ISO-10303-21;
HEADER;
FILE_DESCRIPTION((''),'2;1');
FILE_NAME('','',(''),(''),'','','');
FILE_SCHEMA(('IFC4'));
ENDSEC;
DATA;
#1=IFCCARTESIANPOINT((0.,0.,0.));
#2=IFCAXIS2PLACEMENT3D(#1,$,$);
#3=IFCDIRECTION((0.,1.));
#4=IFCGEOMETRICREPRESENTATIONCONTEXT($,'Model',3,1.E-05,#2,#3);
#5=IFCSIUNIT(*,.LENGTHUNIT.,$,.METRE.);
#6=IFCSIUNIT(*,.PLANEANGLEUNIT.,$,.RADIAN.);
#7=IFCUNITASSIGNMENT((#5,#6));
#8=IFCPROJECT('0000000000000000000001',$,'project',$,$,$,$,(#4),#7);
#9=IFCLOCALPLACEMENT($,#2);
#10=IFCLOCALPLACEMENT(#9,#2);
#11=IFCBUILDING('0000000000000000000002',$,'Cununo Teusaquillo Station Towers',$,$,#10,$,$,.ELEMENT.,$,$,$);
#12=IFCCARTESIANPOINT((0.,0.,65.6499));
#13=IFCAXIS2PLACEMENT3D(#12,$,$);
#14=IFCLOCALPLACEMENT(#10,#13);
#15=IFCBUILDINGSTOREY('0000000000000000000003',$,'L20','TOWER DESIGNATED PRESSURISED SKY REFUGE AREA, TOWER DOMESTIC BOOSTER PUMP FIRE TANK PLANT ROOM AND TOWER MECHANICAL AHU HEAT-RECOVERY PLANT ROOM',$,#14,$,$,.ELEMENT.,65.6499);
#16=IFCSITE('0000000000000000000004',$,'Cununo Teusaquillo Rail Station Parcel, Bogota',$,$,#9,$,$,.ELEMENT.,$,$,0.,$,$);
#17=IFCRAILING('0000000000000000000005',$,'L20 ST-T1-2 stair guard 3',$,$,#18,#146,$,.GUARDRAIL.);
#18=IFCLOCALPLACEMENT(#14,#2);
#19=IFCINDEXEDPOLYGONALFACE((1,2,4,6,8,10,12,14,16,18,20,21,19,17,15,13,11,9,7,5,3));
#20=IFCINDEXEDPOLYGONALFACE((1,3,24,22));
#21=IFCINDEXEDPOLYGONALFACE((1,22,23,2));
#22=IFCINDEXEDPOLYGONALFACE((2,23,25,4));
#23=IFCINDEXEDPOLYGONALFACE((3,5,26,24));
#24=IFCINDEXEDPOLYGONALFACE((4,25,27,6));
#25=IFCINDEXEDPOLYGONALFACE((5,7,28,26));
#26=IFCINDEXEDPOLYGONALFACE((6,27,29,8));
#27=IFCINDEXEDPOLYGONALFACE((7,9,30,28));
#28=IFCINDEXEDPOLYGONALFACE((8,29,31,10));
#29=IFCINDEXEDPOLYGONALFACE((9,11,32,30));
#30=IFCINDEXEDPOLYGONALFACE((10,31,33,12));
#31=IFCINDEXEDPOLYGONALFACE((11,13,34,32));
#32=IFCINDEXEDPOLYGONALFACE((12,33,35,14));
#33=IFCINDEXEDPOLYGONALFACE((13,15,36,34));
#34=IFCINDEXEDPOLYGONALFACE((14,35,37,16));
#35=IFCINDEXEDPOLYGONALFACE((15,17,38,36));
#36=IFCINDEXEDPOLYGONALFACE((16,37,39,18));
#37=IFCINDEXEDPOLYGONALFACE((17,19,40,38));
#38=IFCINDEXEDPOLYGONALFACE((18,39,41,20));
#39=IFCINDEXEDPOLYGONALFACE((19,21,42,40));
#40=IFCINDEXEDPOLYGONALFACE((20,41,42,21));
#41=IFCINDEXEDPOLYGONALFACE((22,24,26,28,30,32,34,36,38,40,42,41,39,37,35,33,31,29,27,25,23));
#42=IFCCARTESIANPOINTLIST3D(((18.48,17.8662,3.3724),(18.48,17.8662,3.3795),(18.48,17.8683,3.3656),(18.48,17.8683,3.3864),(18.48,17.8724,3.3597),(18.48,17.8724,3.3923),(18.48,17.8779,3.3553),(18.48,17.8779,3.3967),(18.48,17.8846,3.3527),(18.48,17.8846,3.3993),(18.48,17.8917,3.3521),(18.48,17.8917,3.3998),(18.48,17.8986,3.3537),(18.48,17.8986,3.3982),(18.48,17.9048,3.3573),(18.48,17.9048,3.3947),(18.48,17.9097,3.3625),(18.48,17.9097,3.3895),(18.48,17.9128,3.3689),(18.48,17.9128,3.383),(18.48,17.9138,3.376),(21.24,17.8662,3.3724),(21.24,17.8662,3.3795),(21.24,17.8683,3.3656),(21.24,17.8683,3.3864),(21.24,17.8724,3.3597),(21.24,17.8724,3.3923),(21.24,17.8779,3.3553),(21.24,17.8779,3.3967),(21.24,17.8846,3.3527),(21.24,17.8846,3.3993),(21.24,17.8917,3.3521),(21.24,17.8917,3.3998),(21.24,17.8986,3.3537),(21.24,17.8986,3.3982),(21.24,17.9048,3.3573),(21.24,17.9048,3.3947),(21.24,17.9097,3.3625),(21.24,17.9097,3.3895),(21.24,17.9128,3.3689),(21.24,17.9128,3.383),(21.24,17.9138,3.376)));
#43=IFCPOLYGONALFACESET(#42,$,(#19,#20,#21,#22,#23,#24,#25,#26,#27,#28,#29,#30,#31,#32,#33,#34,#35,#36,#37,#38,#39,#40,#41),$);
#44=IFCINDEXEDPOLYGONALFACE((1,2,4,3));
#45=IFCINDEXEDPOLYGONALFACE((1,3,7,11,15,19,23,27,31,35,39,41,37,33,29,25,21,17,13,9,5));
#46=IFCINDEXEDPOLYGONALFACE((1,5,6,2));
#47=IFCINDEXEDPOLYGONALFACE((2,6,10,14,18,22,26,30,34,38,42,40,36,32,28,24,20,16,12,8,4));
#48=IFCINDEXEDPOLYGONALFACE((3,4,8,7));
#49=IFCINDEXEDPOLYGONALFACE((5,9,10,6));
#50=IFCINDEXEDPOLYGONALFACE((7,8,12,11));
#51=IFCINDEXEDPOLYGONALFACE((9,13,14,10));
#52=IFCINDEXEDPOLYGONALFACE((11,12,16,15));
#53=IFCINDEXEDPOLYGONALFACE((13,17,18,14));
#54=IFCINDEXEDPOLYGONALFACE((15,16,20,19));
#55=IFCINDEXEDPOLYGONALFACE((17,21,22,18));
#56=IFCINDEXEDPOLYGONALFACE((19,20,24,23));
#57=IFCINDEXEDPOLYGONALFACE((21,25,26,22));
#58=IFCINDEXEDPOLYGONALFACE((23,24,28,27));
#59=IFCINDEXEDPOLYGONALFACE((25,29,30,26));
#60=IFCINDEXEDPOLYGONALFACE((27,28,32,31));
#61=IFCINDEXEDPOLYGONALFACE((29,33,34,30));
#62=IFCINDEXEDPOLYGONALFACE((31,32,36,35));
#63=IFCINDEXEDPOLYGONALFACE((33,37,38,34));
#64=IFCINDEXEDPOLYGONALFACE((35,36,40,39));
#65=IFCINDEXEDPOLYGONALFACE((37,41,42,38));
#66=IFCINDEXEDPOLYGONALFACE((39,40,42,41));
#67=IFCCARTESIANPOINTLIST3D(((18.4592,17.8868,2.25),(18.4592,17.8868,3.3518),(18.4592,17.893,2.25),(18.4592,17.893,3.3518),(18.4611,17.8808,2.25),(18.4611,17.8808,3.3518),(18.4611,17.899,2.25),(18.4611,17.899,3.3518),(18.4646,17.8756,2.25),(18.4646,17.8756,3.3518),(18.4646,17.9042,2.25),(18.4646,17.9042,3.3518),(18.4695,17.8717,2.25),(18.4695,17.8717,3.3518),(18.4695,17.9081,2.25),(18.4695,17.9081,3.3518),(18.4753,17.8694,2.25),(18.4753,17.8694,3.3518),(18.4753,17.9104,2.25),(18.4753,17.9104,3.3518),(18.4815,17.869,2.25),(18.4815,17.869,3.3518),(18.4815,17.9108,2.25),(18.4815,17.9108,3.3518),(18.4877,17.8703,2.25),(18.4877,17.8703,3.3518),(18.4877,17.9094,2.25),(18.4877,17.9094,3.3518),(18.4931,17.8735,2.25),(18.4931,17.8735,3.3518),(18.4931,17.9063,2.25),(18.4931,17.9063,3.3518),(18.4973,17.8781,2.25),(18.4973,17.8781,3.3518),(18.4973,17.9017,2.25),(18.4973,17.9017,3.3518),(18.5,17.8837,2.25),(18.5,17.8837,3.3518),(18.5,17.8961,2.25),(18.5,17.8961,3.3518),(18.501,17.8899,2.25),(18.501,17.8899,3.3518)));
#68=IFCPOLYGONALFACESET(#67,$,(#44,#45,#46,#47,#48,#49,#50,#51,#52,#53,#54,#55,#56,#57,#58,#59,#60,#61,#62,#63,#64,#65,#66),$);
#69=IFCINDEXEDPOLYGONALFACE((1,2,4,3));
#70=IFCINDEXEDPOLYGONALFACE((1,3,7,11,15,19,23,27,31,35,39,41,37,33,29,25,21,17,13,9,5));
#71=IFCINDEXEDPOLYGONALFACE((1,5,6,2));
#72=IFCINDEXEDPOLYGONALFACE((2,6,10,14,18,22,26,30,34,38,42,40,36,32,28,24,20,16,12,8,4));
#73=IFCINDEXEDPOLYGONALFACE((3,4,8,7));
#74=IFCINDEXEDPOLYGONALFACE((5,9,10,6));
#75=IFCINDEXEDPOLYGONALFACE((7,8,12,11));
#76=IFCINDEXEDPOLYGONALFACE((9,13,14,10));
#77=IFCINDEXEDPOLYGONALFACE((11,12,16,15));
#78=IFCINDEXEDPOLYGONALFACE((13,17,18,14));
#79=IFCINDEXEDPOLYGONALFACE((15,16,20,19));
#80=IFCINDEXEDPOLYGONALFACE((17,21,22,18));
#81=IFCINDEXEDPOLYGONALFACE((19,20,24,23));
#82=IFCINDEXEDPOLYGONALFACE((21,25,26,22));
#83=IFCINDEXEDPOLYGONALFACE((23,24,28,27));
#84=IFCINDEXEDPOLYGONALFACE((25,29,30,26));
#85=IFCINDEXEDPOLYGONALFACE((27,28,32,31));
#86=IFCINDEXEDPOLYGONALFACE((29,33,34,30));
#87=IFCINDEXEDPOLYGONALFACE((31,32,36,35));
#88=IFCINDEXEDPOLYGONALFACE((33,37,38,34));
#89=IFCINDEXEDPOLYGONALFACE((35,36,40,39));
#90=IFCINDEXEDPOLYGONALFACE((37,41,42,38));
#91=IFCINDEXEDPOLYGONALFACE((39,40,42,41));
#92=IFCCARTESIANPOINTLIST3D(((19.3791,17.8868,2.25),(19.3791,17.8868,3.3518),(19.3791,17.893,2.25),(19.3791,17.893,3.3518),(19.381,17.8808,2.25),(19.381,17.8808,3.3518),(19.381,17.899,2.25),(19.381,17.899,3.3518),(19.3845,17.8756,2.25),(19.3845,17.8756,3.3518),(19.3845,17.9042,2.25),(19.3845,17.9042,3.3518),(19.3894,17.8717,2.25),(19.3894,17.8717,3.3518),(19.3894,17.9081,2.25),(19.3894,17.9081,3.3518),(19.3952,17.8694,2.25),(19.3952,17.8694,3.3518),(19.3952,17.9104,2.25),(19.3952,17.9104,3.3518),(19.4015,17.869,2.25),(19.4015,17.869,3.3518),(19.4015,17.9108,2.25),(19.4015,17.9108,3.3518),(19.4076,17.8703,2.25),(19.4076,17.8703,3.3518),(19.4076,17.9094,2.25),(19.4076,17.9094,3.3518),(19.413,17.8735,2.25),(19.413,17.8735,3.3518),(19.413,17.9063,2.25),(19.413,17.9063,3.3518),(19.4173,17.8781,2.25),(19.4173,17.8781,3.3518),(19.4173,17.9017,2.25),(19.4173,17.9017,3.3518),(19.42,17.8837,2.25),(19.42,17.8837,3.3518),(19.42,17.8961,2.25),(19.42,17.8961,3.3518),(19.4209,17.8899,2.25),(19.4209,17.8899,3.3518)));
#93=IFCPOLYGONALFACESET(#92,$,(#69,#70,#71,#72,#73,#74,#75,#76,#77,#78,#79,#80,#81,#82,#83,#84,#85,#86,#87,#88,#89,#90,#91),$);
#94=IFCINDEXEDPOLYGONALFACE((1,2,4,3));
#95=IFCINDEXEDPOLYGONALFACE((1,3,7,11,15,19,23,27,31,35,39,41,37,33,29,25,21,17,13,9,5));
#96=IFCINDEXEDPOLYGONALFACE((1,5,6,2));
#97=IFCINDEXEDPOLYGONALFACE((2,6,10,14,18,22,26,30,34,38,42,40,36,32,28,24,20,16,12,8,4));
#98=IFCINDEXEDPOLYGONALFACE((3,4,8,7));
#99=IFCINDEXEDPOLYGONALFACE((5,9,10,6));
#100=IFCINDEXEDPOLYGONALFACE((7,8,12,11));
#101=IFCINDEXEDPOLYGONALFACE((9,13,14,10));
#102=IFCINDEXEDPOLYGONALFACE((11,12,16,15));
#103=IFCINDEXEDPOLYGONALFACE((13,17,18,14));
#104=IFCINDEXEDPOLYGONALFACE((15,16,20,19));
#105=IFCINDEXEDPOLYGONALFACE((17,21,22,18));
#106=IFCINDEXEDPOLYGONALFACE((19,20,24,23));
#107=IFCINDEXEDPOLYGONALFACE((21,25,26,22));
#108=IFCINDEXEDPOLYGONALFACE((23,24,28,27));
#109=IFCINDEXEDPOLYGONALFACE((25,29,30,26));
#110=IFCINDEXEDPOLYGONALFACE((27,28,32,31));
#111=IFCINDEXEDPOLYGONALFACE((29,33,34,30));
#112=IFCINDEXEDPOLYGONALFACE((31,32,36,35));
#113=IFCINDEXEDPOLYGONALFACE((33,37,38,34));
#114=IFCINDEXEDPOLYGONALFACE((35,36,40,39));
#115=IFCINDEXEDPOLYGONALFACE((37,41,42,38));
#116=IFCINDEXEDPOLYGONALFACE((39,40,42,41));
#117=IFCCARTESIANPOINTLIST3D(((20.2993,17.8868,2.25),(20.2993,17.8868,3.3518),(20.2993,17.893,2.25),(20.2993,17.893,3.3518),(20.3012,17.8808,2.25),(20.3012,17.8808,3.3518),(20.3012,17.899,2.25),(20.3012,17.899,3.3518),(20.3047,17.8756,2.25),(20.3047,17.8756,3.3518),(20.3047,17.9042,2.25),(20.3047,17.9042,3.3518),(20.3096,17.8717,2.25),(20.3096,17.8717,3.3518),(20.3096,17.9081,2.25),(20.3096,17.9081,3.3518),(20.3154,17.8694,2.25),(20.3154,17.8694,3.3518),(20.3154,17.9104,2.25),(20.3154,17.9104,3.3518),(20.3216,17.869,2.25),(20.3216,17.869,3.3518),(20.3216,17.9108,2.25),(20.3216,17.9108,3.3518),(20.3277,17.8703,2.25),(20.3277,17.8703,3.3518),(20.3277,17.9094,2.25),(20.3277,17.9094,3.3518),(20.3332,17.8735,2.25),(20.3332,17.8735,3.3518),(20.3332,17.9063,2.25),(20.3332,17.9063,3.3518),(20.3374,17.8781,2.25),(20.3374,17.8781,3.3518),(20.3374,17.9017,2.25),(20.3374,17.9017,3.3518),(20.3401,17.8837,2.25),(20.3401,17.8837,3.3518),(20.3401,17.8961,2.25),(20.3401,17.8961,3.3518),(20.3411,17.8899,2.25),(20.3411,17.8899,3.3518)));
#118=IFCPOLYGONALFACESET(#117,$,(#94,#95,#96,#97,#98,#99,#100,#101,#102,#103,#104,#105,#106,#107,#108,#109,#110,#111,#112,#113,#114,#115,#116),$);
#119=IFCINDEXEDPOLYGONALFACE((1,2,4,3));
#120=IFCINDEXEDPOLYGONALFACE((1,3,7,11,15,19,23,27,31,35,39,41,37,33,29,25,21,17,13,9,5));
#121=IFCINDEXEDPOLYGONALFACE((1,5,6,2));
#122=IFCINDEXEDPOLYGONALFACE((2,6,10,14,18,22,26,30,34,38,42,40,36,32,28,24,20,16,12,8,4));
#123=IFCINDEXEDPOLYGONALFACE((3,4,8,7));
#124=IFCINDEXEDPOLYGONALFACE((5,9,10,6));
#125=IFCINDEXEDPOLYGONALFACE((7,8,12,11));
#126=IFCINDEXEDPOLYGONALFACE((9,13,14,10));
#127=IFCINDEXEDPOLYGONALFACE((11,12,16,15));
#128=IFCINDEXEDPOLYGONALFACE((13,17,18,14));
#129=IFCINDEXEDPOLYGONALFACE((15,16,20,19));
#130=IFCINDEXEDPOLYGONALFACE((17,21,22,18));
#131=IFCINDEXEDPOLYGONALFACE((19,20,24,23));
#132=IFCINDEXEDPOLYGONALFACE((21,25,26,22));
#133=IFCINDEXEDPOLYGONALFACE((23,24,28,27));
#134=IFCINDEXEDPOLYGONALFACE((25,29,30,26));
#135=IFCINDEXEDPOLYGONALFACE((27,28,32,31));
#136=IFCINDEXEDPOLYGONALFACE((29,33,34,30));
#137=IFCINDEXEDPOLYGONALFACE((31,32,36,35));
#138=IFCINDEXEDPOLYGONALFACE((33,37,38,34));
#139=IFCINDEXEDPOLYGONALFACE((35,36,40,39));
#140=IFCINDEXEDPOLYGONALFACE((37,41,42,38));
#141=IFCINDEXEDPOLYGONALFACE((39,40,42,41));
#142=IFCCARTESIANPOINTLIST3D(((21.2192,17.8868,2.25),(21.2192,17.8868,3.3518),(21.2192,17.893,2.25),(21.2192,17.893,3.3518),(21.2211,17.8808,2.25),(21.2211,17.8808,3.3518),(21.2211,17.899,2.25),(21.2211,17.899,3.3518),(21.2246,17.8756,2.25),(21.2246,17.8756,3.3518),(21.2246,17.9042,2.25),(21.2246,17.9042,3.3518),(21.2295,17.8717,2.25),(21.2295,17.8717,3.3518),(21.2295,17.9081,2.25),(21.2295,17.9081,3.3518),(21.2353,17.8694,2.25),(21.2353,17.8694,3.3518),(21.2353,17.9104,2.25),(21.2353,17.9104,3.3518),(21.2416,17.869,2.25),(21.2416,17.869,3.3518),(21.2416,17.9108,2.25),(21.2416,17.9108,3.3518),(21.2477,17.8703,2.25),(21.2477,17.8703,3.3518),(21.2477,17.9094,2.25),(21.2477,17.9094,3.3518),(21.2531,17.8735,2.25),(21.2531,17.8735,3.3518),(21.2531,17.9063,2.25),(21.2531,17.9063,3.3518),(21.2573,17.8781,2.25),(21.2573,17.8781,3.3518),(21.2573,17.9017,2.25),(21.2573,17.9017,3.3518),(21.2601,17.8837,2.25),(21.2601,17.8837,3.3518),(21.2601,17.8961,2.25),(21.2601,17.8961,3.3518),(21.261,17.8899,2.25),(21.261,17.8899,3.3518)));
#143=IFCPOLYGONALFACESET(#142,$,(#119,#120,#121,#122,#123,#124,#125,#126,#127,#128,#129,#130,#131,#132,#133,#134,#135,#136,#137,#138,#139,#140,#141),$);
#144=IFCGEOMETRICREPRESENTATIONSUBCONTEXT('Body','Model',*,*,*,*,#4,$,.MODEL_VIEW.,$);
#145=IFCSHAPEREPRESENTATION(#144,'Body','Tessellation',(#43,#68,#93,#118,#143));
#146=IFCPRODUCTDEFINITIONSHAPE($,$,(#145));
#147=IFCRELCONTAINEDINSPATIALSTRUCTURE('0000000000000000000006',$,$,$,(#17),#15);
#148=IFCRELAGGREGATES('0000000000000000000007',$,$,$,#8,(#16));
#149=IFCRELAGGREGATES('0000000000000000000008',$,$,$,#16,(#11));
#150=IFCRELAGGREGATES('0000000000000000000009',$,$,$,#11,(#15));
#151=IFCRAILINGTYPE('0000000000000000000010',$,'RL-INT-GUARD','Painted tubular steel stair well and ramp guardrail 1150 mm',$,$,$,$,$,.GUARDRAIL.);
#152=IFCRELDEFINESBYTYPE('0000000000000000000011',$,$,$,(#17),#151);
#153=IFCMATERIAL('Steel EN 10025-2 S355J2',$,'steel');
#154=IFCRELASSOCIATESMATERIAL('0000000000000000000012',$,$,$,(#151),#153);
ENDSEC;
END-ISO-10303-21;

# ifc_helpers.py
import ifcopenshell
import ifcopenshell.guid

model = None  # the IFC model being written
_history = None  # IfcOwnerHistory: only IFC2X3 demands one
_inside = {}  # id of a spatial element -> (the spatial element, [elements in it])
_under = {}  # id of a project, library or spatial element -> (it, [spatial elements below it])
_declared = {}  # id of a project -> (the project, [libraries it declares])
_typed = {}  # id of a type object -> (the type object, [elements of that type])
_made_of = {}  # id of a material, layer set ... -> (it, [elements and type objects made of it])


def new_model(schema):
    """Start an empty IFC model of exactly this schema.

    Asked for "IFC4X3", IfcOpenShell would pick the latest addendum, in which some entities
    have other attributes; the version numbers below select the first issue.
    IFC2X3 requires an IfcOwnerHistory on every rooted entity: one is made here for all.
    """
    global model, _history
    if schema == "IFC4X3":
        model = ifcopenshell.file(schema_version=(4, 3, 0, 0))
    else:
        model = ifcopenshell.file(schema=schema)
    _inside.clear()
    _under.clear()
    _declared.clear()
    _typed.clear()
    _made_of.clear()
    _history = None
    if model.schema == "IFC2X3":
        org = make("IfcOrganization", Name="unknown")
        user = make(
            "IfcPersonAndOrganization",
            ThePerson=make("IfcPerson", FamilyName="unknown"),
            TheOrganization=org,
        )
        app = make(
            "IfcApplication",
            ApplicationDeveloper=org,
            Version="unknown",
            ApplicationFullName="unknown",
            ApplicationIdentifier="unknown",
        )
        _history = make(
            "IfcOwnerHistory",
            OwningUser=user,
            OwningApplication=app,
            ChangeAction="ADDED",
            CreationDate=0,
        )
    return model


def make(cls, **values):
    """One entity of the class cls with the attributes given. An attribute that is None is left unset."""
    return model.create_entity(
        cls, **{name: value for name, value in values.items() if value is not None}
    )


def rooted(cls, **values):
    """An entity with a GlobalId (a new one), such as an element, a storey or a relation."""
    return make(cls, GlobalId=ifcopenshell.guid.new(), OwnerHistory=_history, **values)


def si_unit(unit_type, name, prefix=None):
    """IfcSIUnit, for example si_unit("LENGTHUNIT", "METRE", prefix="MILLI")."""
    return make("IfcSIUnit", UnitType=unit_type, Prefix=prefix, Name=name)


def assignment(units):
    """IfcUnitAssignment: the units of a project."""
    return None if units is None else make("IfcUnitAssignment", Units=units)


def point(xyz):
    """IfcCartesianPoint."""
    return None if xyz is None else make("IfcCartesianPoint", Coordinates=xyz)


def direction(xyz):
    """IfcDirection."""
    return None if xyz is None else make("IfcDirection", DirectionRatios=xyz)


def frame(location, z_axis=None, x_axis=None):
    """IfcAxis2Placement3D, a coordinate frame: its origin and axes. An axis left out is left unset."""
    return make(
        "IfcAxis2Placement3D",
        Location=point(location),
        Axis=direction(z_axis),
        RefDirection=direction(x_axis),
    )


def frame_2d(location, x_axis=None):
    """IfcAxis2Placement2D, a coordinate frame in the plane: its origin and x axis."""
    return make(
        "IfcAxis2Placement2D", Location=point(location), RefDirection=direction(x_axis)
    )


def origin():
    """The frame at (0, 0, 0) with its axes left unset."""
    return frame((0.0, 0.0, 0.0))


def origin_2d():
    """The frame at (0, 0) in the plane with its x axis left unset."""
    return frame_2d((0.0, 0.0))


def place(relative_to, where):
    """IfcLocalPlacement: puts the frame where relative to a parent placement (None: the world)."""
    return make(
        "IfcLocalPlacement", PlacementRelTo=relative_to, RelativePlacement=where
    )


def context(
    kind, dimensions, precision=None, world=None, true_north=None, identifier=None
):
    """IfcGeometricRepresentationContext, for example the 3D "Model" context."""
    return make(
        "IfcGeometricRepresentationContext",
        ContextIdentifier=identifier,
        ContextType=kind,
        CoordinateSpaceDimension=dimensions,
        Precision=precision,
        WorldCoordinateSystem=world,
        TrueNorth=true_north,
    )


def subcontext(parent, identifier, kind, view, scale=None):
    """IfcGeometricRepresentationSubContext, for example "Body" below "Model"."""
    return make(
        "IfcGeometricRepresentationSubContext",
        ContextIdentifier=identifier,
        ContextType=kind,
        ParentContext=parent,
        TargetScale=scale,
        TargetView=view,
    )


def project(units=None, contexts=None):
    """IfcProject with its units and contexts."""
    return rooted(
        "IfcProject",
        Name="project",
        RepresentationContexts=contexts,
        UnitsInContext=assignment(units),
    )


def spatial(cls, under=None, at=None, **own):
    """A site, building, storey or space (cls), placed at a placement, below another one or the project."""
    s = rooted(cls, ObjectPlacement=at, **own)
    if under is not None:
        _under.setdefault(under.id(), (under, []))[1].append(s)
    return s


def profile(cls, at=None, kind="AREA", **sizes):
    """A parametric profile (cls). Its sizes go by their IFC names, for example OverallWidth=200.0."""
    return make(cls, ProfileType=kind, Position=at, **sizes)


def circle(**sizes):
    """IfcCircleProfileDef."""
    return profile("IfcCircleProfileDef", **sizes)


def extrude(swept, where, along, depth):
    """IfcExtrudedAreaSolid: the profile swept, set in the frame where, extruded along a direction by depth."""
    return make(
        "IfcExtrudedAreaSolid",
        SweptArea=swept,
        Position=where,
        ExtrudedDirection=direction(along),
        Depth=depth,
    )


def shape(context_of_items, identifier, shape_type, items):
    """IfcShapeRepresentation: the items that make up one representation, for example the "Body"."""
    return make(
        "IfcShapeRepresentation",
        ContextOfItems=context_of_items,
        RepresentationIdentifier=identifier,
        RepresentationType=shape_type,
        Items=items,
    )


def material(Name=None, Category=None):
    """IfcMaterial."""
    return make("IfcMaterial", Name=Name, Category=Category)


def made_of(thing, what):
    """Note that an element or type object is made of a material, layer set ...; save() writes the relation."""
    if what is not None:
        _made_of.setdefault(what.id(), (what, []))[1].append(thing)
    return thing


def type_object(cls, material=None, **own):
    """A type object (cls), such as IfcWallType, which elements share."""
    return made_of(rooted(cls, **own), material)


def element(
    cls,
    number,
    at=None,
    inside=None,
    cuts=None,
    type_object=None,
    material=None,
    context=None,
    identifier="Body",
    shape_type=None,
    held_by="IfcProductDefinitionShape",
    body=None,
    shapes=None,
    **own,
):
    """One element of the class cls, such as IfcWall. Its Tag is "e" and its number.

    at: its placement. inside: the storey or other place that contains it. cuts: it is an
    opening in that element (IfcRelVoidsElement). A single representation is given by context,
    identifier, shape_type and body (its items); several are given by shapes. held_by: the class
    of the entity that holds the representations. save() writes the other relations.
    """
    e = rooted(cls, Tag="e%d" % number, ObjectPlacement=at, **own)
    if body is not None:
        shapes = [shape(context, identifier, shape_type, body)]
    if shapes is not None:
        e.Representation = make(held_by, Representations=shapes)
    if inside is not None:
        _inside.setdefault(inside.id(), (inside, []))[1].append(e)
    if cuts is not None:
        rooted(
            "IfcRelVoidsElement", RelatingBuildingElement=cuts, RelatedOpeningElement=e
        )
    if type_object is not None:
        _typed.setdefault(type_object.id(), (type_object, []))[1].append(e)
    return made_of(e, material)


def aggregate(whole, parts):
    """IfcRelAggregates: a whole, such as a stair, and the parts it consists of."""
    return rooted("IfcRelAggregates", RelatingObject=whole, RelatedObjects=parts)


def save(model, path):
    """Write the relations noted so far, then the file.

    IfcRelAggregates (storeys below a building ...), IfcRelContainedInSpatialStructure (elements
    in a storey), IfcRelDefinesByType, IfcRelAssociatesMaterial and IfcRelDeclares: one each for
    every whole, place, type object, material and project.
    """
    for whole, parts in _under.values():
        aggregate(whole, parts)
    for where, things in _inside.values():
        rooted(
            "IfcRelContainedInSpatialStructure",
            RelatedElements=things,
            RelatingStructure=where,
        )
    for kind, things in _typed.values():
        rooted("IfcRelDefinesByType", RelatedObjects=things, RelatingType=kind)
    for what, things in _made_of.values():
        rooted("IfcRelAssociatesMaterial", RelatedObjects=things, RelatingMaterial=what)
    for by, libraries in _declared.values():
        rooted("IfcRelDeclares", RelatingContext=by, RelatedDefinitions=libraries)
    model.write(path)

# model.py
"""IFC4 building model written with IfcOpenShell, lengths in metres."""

from ifc_helpers import new_model, si_unit, direction, frame, origin, origin_2d, place, context, subcontext, project, spatial, circle, extrude, material, type_object, element, save


model = new_model("IFC4")

# Units and contexts
model_context = context("Model", 3, precision=1e-05, world=origin(), true_north=direction((0.0, 1.0)))
body_context = subcontext(model_context, "Body", "Model", "MODEL_VIEW")
ifc_project = project(units=[si_unit("LENGTHUNIT", "METRE"), si_unit("PLANEANGLEUNIT", "RADIAN")], contexts=[model_context])

# Site, building, storey
site_placement = place(None, origin())
site = spatial("IfcSite", under=ifc_project, at=site_placement, Name="Cununo Teusaquillo Rail Station Parcel, Bogota", CompositionType="ELEMENT", RefElevation=0.0)
building_placement = place(site_placement, origin())
building = spatial("IfcBuilding", under=site, at=building_placement, Name="Cununo Teusaquillo Station Towers", CompositionType="ELEMENT")
storey_placement = place(building_placement, frame((0.0, 0.0, 65.6499)))
storey = spatial("IfcBuildingStorey", under=building, at=storey_placement, Name="L20", Description="TOWER DESIGNATED PRESSURISED SKY REFUGE AREA, TOWER DOMESTIC BOOSTER PUMP FIRE TANK PLANT ROOM AND TOWER MECHANICAL AHU HEAT-RECOVERY PLANT ROOM", CompositionType="ELEMENT", Elevation=65.6499)

# Railing
ifc_material_1 = material(Name="Steel EN 10025-2 S355J2", Category="steel")
railing_type_1 = type_object("IfcRailingType", Name="RL-INT-GUARD", Description="Painted tubular steel stair well and ramp guardrail 1150 mm", PredefinedType="GUARDRAIL", material=ifc_material_1)
railing_1_placement = place(storey_placement, frame((18.48, 17.8899, 2.25)))
element("IfcRailing", 1, at=railing_1_placement, inside=storey, type_object=railing_type_1, Name="L20 ST-T1-2 stair guard 3", PredefinedType="GUARDRAIL", context=body_context, shape_type="SweptSolid", body=[
    extrude(circle(Radius=0.0239, at=origin_2d()), frame((0.0, 0.0, 1.126), z_axis=(1.0, 0.0, 0.0), x_axis=(0.0, 1.0, 0.0)), (0.0, 0.0, 1.0), 2.76),
    extrude(circle(Radius=0.021, at=origin_2d()), origin(), (0.0, 0.0, 1.0), 1.1018),
    extrude(circle(Radius=0.021, at=origin_2d()), frame((0.9199, 0.0, 0.0)), (0.0, 0.0, 1.0), 1.1018),
    extrude(circle(Radius=0.021, at=origin_2d()), frame((1.8401, 0.0, 0.0)), (0.0, 0.0, 1.0), 1.1018),
    extrude(circle(Radius=0.021, at=origin_2d()), frame((2.76, 0.0, 0.0)), (0.0, 0.0, 1.0), 1.1018),
])

save(model, "model.ifc")
